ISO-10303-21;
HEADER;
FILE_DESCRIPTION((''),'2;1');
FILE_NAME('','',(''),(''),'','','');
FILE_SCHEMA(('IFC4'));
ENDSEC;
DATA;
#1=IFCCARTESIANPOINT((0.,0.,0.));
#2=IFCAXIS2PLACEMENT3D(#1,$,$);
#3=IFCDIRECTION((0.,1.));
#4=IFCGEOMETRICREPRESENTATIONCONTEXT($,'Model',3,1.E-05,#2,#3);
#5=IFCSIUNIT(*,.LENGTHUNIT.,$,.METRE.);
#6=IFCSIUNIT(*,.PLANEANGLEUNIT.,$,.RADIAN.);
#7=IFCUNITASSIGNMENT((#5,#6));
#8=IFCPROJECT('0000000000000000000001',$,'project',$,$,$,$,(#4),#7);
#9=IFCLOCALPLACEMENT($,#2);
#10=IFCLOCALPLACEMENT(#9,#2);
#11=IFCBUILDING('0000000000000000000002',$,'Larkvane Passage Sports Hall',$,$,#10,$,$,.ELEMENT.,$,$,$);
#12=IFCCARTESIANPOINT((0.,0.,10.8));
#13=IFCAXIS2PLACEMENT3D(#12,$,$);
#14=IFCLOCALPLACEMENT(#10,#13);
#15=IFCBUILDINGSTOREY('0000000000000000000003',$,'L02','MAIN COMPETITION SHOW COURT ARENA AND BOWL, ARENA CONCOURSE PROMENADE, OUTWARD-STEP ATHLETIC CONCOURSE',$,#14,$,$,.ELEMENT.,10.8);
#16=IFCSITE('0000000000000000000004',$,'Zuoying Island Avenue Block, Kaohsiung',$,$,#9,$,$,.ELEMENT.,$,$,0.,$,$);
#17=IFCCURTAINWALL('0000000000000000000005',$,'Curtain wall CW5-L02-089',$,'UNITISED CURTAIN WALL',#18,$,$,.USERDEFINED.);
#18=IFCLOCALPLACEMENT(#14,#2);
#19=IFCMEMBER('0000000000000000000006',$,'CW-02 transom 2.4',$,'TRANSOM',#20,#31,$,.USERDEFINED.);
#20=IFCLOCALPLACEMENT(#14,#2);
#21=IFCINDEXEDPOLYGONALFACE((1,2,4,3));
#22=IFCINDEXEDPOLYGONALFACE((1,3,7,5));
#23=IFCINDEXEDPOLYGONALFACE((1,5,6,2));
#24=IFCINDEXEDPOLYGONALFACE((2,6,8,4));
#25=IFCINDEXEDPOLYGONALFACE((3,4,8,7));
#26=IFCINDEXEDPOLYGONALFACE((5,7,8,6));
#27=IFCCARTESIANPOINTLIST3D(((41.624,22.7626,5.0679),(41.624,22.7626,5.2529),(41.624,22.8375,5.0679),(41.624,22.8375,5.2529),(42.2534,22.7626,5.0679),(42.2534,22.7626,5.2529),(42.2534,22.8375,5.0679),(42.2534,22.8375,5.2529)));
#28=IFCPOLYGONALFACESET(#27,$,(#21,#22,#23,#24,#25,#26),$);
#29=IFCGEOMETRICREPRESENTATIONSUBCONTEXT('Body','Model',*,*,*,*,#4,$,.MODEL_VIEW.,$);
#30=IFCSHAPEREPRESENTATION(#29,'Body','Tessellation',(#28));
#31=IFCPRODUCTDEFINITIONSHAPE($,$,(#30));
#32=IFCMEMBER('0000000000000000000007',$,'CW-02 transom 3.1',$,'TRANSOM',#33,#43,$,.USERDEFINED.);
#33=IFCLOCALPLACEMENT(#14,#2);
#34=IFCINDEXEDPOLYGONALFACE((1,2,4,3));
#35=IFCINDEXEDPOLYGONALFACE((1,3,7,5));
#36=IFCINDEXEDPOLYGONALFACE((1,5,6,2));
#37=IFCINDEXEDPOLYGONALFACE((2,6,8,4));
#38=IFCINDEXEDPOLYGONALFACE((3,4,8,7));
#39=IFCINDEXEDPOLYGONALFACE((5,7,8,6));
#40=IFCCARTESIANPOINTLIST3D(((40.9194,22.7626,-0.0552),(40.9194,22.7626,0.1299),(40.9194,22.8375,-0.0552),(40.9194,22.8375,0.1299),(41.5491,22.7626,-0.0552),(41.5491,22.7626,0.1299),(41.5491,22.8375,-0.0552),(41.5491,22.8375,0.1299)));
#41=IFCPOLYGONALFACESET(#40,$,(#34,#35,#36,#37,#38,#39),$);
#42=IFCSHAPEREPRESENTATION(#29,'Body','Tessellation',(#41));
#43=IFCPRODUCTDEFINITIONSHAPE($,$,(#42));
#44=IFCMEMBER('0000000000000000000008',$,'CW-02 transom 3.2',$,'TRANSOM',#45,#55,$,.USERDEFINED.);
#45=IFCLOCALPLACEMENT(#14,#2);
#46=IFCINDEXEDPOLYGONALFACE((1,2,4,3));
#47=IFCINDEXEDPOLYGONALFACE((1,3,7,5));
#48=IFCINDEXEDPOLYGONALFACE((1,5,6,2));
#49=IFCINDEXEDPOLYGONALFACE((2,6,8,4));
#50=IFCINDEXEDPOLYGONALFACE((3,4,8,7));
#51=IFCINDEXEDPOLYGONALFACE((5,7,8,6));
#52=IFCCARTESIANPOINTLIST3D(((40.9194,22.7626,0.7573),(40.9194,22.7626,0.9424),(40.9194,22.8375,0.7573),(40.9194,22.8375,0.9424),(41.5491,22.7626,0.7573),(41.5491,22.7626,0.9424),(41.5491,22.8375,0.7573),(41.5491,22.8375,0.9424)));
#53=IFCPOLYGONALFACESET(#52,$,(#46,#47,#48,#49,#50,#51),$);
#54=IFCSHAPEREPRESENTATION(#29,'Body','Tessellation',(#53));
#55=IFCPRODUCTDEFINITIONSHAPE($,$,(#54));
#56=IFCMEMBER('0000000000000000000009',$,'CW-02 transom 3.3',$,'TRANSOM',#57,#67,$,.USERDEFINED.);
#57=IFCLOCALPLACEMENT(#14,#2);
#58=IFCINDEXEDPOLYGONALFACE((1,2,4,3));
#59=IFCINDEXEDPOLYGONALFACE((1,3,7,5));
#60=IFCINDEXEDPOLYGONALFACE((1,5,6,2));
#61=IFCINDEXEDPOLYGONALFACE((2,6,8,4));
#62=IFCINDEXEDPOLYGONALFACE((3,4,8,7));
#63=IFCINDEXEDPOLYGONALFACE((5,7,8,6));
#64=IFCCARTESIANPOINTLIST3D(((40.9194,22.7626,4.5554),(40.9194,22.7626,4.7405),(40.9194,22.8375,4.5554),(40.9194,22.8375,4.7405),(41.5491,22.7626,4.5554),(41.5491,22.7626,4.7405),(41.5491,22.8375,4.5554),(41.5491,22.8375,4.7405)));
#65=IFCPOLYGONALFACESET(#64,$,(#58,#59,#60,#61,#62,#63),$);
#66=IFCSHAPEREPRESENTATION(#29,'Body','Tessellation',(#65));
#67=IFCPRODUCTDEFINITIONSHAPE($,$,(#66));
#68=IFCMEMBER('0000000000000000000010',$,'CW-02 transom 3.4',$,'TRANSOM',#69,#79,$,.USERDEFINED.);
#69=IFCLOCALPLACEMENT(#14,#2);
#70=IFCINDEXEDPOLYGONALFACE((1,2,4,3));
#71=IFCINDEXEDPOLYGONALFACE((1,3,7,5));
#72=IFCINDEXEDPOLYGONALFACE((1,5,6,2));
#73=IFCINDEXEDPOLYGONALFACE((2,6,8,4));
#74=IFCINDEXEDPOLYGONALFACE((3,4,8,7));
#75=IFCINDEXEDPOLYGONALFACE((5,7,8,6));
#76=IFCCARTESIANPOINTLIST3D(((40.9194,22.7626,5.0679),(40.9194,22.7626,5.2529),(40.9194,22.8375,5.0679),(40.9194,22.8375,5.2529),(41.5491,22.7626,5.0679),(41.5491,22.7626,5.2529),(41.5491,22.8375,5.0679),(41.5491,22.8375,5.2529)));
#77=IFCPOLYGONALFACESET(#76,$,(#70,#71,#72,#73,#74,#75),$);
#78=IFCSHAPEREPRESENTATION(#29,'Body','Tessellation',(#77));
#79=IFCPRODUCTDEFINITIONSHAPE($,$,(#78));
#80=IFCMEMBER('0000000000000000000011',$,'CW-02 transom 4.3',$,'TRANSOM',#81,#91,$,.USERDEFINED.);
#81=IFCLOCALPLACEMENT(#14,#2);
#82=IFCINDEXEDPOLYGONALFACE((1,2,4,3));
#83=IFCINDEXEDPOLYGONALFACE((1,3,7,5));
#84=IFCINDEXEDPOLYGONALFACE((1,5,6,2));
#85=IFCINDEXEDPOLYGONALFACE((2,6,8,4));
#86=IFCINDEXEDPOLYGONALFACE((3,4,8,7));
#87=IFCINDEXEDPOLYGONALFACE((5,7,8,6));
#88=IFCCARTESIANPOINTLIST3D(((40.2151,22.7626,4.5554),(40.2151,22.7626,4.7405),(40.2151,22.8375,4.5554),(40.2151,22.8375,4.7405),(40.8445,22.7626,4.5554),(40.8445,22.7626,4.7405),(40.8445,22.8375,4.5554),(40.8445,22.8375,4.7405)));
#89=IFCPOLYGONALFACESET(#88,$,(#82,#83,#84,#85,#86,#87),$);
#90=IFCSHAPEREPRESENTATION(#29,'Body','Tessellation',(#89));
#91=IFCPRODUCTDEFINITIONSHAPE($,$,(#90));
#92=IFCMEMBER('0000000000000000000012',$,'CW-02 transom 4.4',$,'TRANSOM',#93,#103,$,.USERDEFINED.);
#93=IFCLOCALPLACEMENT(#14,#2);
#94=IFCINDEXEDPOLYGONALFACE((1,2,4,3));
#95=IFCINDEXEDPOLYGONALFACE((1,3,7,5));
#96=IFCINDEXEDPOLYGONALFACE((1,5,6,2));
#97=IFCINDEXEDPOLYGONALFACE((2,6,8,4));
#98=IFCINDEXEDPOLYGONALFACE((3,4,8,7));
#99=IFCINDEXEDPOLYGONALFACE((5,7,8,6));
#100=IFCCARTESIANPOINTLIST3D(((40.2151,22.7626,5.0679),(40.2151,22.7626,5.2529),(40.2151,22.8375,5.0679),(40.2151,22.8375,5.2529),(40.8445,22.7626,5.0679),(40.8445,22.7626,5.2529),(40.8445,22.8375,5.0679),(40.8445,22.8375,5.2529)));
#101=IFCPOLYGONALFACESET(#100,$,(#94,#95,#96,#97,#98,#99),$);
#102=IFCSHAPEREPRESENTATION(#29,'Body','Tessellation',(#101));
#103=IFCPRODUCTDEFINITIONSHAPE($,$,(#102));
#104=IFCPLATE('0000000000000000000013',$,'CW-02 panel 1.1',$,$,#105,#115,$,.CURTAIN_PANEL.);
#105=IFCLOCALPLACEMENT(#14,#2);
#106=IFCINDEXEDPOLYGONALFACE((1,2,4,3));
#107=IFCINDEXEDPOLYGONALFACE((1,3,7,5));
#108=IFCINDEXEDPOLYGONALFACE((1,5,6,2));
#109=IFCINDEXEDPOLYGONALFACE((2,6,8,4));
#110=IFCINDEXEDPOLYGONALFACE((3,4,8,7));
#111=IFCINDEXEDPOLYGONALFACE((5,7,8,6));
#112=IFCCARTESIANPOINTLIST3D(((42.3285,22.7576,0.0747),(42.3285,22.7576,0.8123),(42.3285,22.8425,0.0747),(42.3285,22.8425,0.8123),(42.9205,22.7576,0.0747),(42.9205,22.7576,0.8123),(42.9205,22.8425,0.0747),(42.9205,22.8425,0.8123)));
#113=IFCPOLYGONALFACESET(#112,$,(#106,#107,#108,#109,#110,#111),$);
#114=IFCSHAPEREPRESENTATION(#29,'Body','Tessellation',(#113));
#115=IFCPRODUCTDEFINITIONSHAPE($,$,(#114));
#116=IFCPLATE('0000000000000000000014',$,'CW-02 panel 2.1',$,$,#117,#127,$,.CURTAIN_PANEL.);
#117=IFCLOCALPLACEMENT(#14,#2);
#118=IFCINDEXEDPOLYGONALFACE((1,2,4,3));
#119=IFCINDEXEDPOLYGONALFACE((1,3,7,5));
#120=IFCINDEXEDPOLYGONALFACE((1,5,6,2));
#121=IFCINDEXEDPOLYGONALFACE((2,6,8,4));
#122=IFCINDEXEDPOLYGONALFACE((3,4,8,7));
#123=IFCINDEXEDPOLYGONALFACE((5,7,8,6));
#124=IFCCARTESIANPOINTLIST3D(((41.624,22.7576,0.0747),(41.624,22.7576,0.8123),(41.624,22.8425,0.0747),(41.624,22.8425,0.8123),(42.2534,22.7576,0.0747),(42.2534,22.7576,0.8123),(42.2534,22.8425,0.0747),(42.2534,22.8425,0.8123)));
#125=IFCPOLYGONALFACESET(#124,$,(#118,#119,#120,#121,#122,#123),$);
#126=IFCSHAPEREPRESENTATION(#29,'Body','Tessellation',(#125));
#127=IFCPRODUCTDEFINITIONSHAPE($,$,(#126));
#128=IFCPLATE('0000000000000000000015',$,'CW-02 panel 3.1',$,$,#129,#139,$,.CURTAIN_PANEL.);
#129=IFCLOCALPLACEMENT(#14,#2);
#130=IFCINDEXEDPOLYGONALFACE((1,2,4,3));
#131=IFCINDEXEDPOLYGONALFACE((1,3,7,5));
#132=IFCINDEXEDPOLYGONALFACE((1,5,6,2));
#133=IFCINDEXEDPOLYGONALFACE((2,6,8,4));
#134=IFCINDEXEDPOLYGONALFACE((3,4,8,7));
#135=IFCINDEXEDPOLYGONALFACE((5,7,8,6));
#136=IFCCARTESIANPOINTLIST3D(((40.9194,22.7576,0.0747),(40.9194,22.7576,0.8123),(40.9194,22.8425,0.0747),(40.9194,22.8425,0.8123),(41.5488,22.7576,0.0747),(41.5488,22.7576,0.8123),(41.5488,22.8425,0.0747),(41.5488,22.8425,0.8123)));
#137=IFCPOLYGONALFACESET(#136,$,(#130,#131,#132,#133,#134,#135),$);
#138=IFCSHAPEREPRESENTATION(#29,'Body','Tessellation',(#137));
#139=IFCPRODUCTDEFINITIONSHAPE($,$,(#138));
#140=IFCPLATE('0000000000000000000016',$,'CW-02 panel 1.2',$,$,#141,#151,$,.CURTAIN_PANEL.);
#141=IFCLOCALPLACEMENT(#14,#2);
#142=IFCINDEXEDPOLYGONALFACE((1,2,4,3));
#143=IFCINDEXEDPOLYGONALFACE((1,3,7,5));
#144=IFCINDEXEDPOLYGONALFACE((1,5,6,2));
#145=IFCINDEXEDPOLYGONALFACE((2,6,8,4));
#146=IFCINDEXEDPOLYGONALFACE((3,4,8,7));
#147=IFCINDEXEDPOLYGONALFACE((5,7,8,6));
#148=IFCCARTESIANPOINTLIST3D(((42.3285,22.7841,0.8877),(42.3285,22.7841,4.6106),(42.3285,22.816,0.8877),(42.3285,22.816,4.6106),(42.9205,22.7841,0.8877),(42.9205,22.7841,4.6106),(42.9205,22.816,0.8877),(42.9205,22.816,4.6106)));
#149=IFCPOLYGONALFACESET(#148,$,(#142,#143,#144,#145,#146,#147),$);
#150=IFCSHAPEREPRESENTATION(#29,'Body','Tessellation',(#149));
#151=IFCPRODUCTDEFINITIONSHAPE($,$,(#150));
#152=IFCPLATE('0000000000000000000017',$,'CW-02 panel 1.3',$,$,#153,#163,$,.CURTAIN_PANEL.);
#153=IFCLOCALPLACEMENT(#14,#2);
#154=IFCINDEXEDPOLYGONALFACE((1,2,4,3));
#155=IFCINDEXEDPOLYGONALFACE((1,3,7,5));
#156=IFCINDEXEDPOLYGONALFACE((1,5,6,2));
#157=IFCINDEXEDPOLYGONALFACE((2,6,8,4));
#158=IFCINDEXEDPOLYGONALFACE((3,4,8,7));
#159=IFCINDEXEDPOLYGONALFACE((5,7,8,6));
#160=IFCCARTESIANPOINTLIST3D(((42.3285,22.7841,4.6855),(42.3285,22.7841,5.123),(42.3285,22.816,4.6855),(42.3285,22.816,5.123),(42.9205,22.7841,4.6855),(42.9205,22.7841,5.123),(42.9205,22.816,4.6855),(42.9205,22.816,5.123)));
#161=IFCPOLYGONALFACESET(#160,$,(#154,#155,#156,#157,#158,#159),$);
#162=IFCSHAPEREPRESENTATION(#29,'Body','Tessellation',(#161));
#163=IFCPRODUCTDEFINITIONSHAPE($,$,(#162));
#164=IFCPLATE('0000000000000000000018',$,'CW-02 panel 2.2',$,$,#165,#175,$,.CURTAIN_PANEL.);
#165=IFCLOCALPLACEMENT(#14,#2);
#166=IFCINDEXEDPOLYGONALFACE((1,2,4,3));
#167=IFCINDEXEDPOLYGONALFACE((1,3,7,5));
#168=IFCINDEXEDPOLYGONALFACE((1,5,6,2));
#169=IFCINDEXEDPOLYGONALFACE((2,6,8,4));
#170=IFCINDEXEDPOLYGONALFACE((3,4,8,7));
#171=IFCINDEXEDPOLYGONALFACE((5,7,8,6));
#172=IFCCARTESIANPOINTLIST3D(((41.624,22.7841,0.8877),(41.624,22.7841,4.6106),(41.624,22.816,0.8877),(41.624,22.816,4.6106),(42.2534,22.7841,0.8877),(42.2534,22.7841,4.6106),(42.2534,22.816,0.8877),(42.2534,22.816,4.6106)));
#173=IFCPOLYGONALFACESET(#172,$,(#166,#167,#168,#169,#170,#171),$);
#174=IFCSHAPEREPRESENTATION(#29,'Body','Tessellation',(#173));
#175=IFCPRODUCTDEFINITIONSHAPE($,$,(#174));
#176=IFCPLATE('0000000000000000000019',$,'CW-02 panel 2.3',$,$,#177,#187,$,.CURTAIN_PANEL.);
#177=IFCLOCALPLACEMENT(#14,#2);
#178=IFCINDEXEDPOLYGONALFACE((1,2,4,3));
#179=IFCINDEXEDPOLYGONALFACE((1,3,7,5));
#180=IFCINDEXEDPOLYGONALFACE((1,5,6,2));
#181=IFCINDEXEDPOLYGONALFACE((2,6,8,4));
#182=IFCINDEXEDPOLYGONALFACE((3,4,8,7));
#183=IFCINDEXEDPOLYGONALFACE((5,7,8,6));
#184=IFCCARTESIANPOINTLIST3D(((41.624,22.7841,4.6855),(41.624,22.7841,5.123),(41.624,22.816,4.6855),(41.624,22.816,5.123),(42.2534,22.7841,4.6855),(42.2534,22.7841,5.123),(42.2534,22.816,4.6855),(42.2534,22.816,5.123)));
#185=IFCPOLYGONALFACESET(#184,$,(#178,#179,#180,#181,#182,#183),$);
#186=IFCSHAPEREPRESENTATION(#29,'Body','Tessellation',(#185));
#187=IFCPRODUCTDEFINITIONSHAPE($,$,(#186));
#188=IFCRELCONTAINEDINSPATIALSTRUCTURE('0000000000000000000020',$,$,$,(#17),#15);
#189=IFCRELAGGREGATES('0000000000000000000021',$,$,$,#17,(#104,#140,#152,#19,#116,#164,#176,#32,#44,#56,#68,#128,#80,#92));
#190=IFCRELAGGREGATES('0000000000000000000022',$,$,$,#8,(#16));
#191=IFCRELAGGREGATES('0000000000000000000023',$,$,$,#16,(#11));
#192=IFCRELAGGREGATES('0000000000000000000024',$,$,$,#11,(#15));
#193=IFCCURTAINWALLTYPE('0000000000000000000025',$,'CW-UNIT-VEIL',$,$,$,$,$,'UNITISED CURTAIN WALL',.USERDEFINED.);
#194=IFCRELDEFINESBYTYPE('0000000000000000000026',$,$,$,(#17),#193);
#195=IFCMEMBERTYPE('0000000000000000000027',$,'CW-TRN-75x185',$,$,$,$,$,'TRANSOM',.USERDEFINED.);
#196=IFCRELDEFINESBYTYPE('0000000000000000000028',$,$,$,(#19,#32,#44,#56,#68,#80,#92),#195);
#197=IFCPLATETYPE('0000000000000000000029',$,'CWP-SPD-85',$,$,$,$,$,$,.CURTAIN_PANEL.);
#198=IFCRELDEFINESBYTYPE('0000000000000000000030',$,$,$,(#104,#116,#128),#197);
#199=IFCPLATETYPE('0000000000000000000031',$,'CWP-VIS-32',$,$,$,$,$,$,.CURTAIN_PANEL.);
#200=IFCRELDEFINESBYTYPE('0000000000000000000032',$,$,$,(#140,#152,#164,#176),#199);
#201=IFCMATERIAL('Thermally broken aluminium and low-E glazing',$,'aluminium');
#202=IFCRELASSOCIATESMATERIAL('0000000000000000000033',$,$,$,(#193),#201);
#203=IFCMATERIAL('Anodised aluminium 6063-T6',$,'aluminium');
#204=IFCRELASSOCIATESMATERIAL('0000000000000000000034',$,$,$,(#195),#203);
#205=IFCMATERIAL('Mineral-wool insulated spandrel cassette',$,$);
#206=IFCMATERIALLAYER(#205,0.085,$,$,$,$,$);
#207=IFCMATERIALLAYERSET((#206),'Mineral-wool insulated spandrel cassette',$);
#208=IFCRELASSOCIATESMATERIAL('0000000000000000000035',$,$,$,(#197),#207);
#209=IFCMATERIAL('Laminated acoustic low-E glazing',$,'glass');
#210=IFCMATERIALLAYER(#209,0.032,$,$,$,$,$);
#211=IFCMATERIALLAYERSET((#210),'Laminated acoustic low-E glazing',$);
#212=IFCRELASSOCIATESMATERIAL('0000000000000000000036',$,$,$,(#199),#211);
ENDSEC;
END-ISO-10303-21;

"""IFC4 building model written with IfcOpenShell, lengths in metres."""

from ifc_helpers import new_model, si_unit, direction, frame, origin, origin_2d, place, context, subcontext, project, spatial, rectangle, extrude, material, layer, layer_set, material_profile, profile_set, type_object, element, aggregate, save


model = new_model("IFC4")

# Units and contexts
model_context = context("Model", 3, precision=1e-05, world=origin(), true_north=direction((0.0, 1.0)))
body_context = subcontext(model_context, "Body", "Model", "MODEL_VIEW")
ifc_project = project(units=[si_unit("LENGTHUNIT", "METRE"), si_unit("PLANEANGLEUNIT", "RADIAN")], contexts=[model_context])

# Site, building, storey
site_placement = place(None, origin())
site = spatial("IfcSite", under=ifc_project, at=site_placement, Name="Zuoying Island Avenue Block, Kaohsiung", CompositionType="ELEMENT", RefElevation=0.0)
building_placement = place(site_placement, origin())
building = spatial("IfcBuilding", under=site, at=building_placement, Name="Larkvane Passage Sports Hall", CompositionType="ELEMENT")
storey_placement = place(building_placement, frame((0.0, 0.0, 10.8)))
storey = spatial("IfcBuildingStorey", under=building, at=storey_placement, Name="L02", Description="MAIN COMPETITION SHOW COURT ARENA AND BOWL, ARENA CONCOURSE PROMENADE, OUTWARD-STEP ATHLETIC CONCOURSE", CompositionType="ELEMENT", Elevation=10.8)

# Curtain wall, members, plates
ifc_material_1 = material(Name="Thermally broken aluminium and low-E glazing", Category="aluminium")
curtain_wall_type = type_object("IfcCurtainWallType", Name="CW-UNIT-VEIL", ElementType="UNITISED CURTAIN WALL", PredefinedType="USERDEFINED", material=ifc_material_1)
curtain_wall_placement = place(storey_placement, origin())
curtain_wall = element("IfcCurtainWall", 1, at=curtain_wall_placement, inside=storey, type_object=curtain_wall_type, Name="Curtain wall CW5-L02-089", ObjectType="UNITISED CURTAIN WALL", PredefinedType="USERDEFINED")
ifc_material_2 = material(Name="Anodised aluminium 6063-T6", Category="aluminium")
ifc_material_profile_1 = material_profile(ifc_material_2, rectangle(XDim=0.075, YDim=0.1851, at=origin_2d()), Name="ALU-TRN-75x185")
ifc_profile_set_1 = profile_set([ifc_material_profile_1], Name="Anodised aluminium 6063-T6")
member_type_1 = type_object("IfcMemberType", Name="CW-TRN-75x185", ElementType="TRANSOM", PredefinedType="USERDEFINED", material=ifc_profile_set_1)
member_1_placement = place(storey_placement, frame((42.2534, 22.8, 5.1604), z_axis=(-1.0, 0.0, 0.0), x_axis=(0.0, -1.0, 0.0)))
member_1 = element("IfcMember", 2, at=member_1_placement, type_object=member_type_1, Name="CW-02 transom 2.4", ObjectType="TRANSOM", PredefinedType="USERDEFINED", context=body_context, shape_type="SweptSolid", body=[
    extrude(rectangle(XDim=0.075, YDim=0.1851, at=origin_2d()), origin(), (0.0, 0.0, 1.0), 0.6294),
])
member_2_placement = place(storey_placement, frame((41.5491, 22.8, 0.0374), z_axis=(-1.0, 0.0, 0.0), x_axis=(0.0, -1.0, 0.0)))
member_2 = element("IfcMember", 3, at=member_2_placement, type_object=member_type_1, Name="CW-02 transom 3.1", ObjectType="TRANSOM", PredefinedType="USERDEFINED", context=body_context, shape_type="SweptSolid", body=[
    extrude(rectangle(XDim=0.075, YDim=0.1851, at=origin_2d()), origin(), (0.0, 0.0, 1.0), 0.6296),
])
member_3_placement = place(storey_placement, frame((41.5491, 22.8, 0.8499), z_axis=(-1.0, 0.0, 0.0), x_axis=(0.0, -1.0, 0.0)))
member_3 = element("IfcMember", 4, at=member_3_placement, type_object=member_type_1, Name="CW-02 transom 3.2", ObjectType="TRANSOM", PredefinedType="USERDEFINED", context=body_context, shape_type="SweptSolid", body=[
    extrude(rectangle(XDim=0.075, YDim=0.1851, at=origin_2d()), origin(), (0.0, 0.0, 1.0), 0.6296),
])
member_4_placement = place(storey_placement, frame((41.5491, 22.8, 4.6479), z_axis=(-1.0, 0.0, 0.0), x_axis=(0.0, -1.0, 0.0)))
member_4 = element("IfcMember", 5, at=member_4_placement, type_object=member_type_1, Name="CW-02 transom 3.3", ObjectType="TRANSOM", PredefinedType="USERDEFINED", context=body_context, shape_type="SweptSolid", body=[
    extrude(rectangle(XDim=0.075, YDim=0.1851, at=origin_2d()), origin(), (0.0, 0.0, 1.0), 0.6296),
])
member_5_placement = place(storey_placement, frame((41.5491, 22.8, 5.1604), z_axis=(-1.0, 0.0, 0.0), x_axis=(0.0, -1.0, 0.0)))
member_5 = element("IfcMember", 6, at=member_5_placement, type_object=member_type_1, Name="CW-02 transom 3.4", ObjectType="TRANSOM", PredefinedType="USERDEFINED", context=body_context, shape_type="SweptSolid", body=[
    extrude(rectangle(XDim=0.075, YDim=0.1851, at=origin_2d()), origin(), (0.0, 0.0, 1.0), 0.6296),
])
member_6_placement = place(storey_placement, frame((40.8445, 22.8, 4.6479), z_axis=(-1.0, 0.0, 0.0), x_axis=(0.0, -1.0, 0.0)))
member_6 = element("IfcMember", 7, at=member_6_placement, type_object=member_type_1, Name="CW-02 transom 4.3", ObjectType="TRANSOM", PredefinedType="USERDEFINED", context=body_context, shape_type="SweptSolid", body=[
    extrude(rectangle(XDim=0.075, YDim=0.1851, at=origin_2d()), origin(), (0.0, 0.0, 1.0), 0.6294),
])
member_7_placement = place(storey_placement, frame((40.8445, 22.8, 5.1604), z_axis=(-1.0, 0.0, 0.0), x_axis=(0.0, -1.0, 0.0)))
member_7 = element("IfcMember", 8, at=member_7_placement, type_object=member_type_1, Name="CW-02 transom 4.4", ObjectType="TRANSOM", PredefinedType="USERDEFINED", context=body_context, shape_type="SweptSolid", body=[
    extrude(rectangle(XDim=0.075, YDim=0.1851, at=origin_2d()), origin(), (0.0, 0.0, 1.0), 0.6294),
])
ifc_material_3 = material(Name="Mineral-wool insulated spandrel cassette")
ifc_layer_1 = layer(ifc_material_3, 0.085)
ifc_layer_set_1 = layer_set([ifc_layer_1], Name="Mineral-wool insulated spandrel cassette")
plate_type_1 = type_object("IfcPlateType", Name="CWP-SPD-85", PredefinedType="CURTAIN_PANEL", material=ifc_layer_set_1)
plate_1_placement = place(storey_placement, frame((42.6245, 22.8, 0.0747), z_axis=(0.0, 0.0, 1.0), x_axis=(-1.0, 0.0, 0.0)))
plate_1 = element("IfcPlate", 9, at=plate_1_placement, type_object=plate_type_1, Name="CW-02 panel 1.1", PredefinedType="CURTAIN_PANEL", context=body_context, shape_type="SweptSolid", body=[
    extrude(rectangle(XDim=0.592, YDim=0.085, at=origin_2d()), origin(), (0.0, 0.0, 1.0), 0.7375),
])
plate_2_placement = place(storey_placement, frame((41.9387, 22.8, 0.0747), z_axis=(0.0, 0.0, 1.0), x_axis=(-1.0, 0.0, 0.0)))
plate_2 = element("IfcPlate", 10, at=plate_2_placement, type_object=plate_type_1, Name="CW-02 panel 2.1", PredefinedType="CURTAIN_PANEL", context=body_context, shape_type="SweptSolid", body=[
    extrude(rectangle(XDim=0.6294, YDim=0.085, at=origin_2d()), origin(), (0.0, 0.0, 1.0), 0.7375),
])
plate_3_placement = place(storey_placement, frame((41.2341, 22.8, 0.0747), z_axis=(0.0, 0.0, 1.0), x_axis=(-1.0, 0.0, 0.0)))
plate_3 = element("IfcPlate", 11, at=plate_3_placement, type_object=plate_type_1, Name="CW-02 panel 3.1", PredefinedType="CURTAIN_PANEL", context=body_context, shape_type="SweptSolid", body=[
    extrude(rectangle(XDim=0.6294, YDim=0.085, at=origin_2d()), origin(), (0.0, 0.0, 1.0), 0.7375),
])
ifc_material_4 = material(Name="Laminated acoustic low-E glazing", Category="glass")
ifc_layer_2 = layer(ifc_material_4, 0.032)
ifc_layer_set_2 = layer_set([ifc_layer_2], Name="Laminated acoustic low-E glazing")
plate_type_2 = type_object("IfcPlateType", Name="CWP-VIS-32", PredefinedType="CURTAIN_PANEL", material=ifc_layer_set_2)
plate_4_placement = place(storey_placement, frame((42.6245, 22.8, 0.8877), z_axis=(0.0, 0.0, 1.0), x_axis=(-1.0, 0.0, 0.0)))
plate_4 = element("IfcPlate", 12, at=plate_4_placement, type_object=plate_type_2, Name="CW-02 panel 1.2", PredefinedType="CURTAIN_PANEL", context=body_context, shape_type="SweptSolid", body=[
    extrude(rectangle(XDim=0.592, YDim=0.032, at=origin_2d()), origin(), (0.0, 0.0, 1.0), 3.7229),
])
plate_5_placement = place(storey_placement, frame((42.6245, 22.8, 4.6855), z_axis=(0.0, 0.0, 1.0), x_axis=(-1.0, 0.0, 0.0)))
plate_5 = element("IfcPlate", 13, at=plate_5_placement, type_object=plate_type_2, Name="CW-02 panel 1.3", PredefinedType="CURTAIN_PANEL", context=body_context, shape_type="SweptSolid", body=[
    extrude(rectangle(XDim=0.592, YDim=0.032, at=origin_2d()), origin(), (0.0, 0.0, 1.0), 0.4375),
])
plate_6_placement = place(storey_placement, frame((41.9387, 22.8, 0.8877), z_axis=(0.0, 0.0, 1.0), x_axis=(-1.0, 0.0, 0.0)))
plate_6 = element("IfcPlate", 14, at=plate_6_placement, type_object=plate_type_2, Name="CW-02 panel 2.2", PredefinedType="CURTAIN_PANEL", context=body_context, shape_type="SweptSolid", body=[
    extrude(rectangle(XDim=0.6294, YDim=0.032, at=origin_2d()), origin(), (0.0, 0.0, 1.0), 3.7229),
])
plate_7_placement = place(storey_placement, frame((41.9387, 22.8, 4.6855), z_axis=(0.0, 0.0, 1.0), x_axis=(-1.0, 0.0, 0.0)))
plate_7 = element("IfcPlate", 15, at=plate_7_placement, type_object=plate_type_2, Name="CW-02 panel 2.3", PredefinedType="CURTAIN_PANEL", context=body_context, shape_type="SweptSolid", body=[
    extrude(rectangle(XDim=0.6294, YDim=0.032, at=origin_2d()), origin(), (0.0, 0.0, 1.0), 0.4375),
])
aggregate(curtain_wall, [plate_1, plate_4, plate_5, member_1, plate_2, plate_6, plate_7, member_2, member_3, member_4, member_5, plate_3, member_6, member_7])

save(model, "model.ifc")
